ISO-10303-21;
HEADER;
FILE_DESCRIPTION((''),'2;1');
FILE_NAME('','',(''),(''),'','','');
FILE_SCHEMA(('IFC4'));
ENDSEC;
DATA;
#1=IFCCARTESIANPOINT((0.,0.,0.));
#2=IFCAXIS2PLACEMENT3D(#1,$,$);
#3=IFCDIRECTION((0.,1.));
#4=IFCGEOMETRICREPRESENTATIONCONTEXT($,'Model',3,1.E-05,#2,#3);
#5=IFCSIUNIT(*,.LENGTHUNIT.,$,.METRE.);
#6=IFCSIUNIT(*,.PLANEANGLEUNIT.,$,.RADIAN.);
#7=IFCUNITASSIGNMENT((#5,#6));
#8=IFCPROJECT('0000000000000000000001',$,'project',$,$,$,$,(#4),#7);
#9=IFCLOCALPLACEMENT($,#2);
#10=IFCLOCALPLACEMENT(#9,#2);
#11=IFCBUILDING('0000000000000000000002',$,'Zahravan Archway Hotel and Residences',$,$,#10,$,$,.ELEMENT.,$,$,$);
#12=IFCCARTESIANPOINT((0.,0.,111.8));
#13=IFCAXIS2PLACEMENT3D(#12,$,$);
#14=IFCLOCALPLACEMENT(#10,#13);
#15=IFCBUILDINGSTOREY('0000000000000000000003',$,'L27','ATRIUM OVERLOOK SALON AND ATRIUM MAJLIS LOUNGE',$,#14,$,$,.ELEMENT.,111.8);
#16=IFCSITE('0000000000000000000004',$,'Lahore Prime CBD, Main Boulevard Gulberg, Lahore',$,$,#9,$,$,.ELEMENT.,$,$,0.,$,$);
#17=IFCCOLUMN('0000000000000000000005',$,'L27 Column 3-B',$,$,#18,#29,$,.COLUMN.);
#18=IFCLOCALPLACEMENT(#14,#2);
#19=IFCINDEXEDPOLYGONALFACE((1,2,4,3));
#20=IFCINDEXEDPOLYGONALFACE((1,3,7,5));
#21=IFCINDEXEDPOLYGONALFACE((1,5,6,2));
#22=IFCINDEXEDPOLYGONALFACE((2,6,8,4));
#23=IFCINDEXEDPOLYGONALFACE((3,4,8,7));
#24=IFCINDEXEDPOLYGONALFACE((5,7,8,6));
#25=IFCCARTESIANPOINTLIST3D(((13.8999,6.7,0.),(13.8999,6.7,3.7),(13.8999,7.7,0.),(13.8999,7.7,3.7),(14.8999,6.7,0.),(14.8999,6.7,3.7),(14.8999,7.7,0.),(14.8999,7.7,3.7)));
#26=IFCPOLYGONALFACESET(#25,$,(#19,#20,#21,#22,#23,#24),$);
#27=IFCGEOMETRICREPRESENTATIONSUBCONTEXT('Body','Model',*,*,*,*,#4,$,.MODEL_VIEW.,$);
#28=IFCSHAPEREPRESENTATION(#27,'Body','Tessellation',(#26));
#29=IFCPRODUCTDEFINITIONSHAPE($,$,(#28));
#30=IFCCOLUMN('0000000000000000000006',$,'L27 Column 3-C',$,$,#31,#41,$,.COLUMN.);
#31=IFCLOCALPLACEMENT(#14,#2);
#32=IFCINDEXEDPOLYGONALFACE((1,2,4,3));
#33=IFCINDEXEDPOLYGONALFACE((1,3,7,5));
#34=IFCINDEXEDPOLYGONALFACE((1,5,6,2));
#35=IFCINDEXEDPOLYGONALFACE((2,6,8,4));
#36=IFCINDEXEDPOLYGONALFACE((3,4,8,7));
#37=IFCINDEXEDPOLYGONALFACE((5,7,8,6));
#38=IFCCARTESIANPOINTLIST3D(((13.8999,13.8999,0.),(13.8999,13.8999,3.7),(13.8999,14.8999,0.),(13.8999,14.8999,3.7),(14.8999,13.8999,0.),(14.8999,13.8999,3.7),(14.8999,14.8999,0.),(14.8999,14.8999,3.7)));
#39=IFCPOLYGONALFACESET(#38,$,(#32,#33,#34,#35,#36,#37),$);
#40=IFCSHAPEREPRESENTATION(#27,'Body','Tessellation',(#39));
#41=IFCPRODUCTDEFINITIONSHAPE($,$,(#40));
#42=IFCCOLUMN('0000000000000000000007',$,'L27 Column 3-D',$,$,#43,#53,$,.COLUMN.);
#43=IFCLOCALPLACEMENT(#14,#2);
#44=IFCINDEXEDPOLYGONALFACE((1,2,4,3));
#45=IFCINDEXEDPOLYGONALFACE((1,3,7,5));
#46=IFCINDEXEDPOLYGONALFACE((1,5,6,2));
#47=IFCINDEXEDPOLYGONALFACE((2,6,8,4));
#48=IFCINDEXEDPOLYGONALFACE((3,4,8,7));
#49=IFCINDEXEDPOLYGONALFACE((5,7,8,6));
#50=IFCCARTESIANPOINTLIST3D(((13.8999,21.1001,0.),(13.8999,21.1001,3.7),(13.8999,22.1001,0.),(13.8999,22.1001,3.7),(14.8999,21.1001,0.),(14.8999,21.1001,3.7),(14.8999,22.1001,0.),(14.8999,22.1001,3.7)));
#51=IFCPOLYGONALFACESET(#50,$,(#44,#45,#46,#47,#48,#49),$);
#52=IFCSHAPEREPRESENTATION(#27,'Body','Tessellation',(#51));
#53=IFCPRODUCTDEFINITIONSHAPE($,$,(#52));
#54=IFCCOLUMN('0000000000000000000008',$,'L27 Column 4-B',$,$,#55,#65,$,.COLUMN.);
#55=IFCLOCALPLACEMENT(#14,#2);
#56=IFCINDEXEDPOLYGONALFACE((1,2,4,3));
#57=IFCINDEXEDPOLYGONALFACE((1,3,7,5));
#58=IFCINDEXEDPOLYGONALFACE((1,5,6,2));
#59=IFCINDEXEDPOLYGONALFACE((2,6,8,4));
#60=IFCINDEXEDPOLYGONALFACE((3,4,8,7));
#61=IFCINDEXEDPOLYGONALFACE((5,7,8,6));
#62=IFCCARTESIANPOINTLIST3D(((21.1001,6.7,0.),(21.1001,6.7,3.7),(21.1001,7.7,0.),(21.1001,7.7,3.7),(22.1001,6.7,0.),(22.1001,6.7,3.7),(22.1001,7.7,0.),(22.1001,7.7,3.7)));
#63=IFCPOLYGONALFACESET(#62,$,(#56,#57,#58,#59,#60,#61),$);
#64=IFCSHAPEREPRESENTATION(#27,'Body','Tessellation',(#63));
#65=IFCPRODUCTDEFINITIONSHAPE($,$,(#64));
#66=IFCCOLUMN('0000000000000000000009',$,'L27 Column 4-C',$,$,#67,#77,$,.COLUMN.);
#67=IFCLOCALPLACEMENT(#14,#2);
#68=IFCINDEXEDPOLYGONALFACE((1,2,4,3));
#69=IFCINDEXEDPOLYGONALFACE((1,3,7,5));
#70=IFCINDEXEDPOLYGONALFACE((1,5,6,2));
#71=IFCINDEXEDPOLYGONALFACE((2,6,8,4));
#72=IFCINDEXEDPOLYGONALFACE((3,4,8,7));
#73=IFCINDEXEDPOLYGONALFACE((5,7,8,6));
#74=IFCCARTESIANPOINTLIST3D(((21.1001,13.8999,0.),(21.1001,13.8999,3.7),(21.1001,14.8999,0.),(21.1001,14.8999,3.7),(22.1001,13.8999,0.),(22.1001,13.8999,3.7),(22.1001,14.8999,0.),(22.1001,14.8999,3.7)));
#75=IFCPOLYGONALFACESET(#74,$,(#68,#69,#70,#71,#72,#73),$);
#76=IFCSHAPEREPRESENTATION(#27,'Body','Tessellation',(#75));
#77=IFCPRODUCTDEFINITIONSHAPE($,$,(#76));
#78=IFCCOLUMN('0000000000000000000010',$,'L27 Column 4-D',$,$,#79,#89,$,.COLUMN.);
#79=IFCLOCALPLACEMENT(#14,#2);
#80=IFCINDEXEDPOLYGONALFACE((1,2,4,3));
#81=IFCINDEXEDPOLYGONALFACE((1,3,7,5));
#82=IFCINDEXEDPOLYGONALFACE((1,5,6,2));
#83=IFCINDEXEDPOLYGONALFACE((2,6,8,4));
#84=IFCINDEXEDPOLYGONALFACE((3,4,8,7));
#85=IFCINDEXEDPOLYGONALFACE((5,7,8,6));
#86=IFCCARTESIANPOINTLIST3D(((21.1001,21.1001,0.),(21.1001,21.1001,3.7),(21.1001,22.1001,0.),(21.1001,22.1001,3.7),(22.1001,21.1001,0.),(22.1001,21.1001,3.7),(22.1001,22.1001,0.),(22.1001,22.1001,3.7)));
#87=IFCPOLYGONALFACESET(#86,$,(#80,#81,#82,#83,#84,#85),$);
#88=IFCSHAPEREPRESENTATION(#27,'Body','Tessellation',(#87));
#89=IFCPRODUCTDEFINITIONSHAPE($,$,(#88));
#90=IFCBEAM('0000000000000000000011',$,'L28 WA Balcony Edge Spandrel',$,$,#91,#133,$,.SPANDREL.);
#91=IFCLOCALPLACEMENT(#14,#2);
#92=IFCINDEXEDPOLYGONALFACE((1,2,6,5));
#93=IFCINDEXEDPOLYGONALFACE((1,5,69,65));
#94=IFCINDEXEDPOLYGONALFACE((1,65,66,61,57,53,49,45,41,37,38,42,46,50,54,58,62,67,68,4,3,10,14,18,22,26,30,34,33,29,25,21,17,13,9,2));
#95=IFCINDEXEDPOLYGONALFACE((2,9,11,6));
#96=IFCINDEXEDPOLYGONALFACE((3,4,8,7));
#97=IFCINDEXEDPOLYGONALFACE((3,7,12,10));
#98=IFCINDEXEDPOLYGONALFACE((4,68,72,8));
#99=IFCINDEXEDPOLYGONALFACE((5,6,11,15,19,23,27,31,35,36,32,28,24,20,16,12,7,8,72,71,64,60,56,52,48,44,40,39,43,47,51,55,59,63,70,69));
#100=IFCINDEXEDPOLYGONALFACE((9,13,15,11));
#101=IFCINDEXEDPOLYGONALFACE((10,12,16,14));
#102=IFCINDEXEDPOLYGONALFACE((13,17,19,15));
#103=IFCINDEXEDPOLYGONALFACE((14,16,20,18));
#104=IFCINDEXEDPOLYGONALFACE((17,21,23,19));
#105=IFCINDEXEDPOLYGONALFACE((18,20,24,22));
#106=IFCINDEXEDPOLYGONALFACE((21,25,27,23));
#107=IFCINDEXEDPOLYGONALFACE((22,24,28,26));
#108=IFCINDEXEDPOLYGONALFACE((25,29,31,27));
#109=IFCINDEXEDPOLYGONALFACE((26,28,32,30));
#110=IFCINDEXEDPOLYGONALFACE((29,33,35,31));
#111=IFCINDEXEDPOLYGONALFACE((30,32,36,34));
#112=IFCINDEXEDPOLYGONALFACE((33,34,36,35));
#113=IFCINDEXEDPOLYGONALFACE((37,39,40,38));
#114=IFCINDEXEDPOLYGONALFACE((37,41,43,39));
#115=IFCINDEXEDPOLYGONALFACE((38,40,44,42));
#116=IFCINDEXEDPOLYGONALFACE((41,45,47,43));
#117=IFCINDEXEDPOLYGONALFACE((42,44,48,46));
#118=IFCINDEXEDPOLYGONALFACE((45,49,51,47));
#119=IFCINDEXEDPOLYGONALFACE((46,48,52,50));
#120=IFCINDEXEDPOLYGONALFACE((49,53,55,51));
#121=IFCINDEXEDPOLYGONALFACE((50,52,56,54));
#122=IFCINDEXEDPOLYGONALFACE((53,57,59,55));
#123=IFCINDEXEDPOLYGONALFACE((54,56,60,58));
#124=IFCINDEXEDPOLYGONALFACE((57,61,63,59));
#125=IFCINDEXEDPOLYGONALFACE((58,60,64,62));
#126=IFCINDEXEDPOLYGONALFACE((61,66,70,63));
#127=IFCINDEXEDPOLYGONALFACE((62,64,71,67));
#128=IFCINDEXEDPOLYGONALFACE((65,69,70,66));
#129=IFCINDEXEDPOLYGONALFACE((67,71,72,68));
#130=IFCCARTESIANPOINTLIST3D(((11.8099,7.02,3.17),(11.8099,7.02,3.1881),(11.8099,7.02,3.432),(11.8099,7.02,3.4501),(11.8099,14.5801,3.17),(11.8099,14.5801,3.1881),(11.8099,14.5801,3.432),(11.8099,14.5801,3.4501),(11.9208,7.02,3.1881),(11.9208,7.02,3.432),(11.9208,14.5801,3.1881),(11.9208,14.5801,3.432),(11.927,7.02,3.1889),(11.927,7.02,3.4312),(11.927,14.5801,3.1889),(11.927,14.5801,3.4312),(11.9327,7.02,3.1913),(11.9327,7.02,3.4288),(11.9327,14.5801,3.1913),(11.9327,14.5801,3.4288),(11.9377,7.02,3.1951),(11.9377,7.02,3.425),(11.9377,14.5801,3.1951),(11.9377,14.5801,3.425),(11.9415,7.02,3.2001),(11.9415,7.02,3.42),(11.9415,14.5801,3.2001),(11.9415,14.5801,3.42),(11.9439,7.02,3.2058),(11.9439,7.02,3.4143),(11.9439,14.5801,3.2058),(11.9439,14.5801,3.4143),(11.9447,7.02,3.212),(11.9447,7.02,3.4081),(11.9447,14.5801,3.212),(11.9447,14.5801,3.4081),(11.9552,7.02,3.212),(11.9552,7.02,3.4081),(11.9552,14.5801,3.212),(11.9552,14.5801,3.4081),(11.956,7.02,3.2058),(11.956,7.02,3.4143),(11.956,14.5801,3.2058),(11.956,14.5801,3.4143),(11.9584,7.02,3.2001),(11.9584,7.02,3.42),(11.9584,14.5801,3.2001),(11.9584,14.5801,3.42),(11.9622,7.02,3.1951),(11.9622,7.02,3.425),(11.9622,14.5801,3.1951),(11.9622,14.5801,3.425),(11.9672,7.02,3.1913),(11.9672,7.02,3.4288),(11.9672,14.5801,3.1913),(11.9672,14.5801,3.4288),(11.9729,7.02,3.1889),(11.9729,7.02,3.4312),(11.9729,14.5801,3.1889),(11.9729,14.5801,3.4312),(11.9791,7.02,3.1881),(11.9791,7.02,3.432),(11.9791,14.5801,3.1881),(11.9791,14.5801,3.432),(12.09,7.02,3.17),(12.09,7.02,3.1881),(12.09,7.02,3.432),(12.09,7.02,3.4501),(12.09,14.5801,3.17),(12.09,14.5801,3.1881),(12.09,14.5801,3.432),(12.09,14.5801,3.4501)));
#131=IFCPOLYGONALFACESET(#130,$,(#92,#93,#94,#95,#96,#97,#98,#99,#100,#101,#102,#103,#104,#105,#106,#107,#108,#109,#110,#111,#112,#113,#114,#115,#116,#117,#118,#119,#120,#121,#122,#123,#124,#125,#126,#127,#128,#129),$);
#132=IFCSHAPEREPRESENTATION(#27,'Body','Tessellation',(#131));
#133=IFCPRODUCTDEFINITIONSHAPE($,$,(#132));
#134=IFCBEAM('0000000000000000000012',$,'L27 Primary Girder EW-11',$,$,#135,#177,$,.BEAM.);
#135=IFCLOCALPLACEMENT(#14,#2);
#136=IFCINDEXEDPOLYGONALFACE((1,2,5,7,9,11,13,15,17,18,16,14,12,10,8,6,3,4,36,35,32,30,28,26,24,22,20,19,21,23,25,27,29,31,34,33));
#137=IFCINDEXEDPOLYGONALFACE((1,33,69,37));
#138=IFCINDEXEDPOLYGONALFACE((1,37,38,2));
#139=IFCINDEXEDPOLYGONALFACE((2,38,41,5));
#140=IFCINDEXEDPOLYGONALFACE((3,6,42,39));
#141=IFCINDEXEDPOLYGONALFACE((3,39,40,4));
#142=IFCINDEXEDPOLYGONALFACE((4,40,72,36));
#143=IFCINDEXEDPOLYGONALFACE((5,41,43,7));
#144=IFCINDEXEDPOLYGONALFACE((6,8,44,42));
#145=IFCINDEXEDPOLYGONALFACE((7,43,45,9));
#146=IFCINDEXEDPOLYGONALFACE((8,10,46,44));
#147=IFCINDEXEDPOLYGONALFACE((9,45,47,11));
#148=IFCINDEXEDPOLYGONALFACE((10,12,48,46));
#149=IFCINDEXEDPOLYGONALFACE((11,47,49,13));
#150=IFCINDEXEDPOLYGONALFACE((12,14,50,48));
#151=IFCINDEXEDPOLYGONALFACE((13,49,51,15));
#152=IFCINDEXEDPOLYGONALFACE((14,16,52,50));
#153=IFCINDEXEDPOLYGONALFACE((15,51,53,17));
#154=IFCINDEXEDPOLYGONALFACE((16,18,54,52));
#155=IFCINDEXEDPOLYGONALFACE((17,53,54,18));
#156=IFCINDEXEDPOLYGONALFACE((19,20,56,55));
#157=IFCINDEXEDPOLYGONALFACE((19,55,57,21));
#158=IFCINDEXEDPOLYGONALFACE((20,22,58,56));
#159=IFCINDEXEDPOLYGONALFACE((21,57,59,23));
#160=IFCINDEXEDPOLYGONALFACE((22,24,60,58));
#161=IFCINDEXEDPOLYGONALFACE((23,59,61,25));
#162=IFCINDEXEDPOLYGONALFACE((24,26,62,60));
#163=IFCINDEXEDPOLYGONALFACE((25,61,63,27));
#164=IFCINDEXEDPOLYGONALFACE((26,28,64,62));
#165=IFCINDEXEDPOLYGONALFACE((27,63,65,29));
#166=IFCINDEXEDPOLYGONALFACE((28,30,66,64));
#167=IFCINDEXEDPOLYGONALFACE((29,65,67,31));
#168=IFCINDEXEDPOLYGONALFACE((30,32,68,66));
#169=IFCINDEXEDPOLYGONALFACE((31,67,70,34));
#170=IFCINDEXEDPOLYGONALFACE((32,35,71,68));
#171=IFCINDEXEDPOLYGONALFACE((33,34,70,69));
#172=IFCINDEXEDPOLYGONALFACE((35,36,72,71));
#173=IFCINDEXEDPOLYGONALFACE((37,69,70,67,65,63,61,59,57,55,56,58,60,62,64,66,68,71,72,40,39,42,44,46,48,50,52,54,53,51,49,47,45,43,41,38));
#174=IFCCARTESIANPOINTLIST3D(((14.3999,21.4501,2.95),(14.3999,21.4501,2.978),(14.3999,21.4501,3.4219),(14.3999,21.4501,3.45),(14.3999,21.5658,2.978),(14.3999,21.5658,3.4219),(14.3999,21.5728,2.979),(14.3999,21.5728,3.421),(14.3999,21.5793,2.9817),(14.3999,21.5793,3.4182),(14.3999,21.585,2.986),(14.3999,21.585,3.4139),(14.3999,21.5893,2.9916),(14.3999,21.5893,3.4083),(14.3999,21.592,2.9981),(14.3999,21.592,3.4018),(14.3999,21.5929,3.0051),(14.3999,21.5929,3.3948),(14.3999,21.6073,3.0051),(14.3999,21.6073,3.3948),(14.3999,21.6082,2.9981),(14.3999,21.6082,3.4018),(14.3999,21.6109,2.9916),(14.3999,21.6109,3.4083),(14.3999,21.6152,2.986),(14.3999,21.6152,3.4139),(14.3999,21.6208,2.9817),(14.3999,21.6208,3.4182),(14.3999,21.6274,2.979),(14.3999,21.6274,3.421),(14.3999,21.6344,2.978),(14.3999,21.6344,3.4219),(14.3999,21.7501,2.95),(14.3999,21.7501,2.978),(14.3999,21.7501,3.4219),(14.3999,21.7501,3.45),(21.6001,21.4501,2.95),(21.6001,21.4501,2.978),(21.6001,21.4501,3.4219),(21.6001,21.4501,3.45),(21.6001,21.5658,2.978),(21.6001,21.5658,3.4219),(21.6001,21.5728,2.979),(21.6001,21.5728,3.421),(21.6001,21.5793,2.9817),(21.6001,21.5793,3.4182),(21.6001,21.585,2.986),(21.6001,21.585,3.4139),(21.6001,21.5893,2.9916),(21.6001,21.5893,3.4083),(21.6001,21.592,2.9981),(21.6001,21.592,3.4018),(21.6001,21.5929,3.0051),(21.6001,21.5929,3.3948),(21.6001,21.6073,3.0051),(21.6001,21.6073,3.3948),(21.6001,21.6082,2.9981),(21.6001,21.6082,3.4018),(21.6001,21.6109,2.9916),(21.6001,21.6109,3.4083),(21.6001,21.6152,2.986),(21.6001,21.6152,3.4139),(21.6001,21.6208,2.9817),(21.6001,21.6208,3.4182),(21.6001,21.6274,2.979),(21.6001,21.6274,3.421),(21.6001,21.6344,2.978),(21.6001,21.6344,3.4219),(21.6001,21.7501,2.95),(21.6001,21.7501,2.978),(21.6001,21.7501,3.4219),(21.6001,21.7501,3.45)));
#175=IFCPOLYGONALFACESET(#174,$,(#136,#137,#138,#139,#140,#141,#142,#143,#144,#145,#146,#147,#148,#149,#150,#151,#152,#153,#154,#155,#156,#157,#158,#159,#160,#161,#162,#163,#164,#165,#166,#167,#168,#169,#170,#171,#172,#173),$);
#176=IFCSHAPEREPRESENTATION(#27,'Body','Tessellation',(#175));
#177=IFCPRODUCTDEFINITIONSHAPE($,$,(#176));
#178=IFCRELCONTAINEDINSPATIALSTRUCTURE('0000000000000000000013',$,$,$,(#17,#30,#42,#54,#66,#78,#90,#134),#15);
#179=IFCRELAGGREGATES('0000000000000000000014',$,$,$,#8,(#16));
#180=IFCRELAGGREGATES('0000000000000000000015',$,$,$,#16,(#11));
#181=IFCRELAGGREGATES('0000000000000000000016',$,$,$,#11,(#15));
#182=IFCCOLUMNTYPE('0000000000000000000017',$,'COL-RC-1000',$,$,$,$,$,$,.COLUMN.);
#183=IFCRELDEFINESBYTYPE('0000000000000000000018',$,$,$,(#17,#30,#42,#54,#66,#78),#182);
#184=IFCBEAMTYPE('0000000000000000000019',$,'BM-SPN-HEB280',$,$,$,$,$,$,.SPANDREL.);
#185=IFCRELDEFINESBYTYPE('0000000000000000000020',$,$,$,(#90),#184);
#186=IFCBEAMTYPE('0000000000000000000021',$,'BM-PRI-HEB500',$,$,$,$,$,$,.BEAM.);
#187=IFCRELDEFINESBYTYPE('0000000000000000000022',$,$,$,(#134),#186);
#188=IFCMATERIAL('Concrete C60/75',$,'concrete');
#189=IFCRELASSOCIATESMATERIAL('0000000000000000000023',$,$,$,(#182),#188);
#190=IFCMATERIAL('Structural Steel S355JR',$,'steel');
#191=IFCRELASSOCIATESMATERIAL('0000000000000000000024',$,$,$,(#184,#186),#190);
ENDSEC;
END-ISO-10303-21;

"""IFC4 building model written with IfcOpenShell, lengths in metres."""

from ifc_helpers import new_model, si_unit, direction, frame, origin, origin_2d, place, context, subcontext, project, spatial, rectangle, i_section, extrude, source, transform, mapped, material, material_profile, profile_set, type_object, type_shapes, element, save


model = new_model("IFC4")

# Units and contexts
model_context = context("Model", 3, precision=1e-05, world=origin(), true_north=direction((0.0, 1.0)))
body_context = subcontext(model_context, "Body", "Model", "MODEL_VIEW")
ifc_project = project(units=[si_unit("LENGTHUNIT", "METRE"), si_unit("PLANEANGLEUNIT", "RADIAN")], contexts=[model_context])

# Site, building, storey
site_placement = place(None, origin())
site = spatial("IfcSite", under=ifc_project, at=site_placement, Name="Lahore Prime CBD, Main Boulevard Gulberg, Lahore", CompositionType="ELEMENT", RefElevation=0.0)
building_placement = place(site_placement, origin())
building = spatial("IfcBuilding", under=site, at=building_placement, Name="Zahravan Archway Hotel and Residences", CompositionType="ELEMENT")
storey_placement = place(building_placement, frame((0.0, 0.0, 111.8)))
storey = spatial("IfcBuildingStorey", under=building, at=storey_placement, Name="L27", Description="ATRIUM OVERLOOK SALON AND ATRIUM MAJLIS LOUNGE", CompositionType="ELEMENT", Elevation=111.8)

# Columns
ifc_material_1 = material(Name="Concrete C60/75", Category="concrete")
ifc_material_profile_1 = material_profile(ifc_material_1, rectangle(XDim=1.0, YDim=1.0, at=origin_2d()), Name="RC-COL-1000x1000", Category="concrete")
ifc_profile_set_1 = profile_set([ifc_material_profile_1], Name="Concrete C60/75")
column_type = type_object("IfcColumnType", Name="COL-RC-1000", PredefinedType="COLUMN", material=ifc_profile_set_1)
shared_shape_1 = source(origin(), body_context, "Body", "SweptSolid", [
    extrude(rectangle(XDim=1.0, YDim=1.0, at=origin_2d()), origin(), (0.0, 0.0, 1.0), 3.7),
])
type_shapes(column_type, [shared_shape_1])
for number, where, z_axis, x_axis, name in (
    (1, (14.3999, 7.2, 0.0), (0.0, 0.0, 1.0), (1.0, 0.0, 0.0), "L27 Column 3-B"),
    (2, (14.3999, 14.3999, 0.0), (0.0, 0.0, 1.0), (1.0, 0.0, 0.0), "L27 Column 3-C"),
    (3, (14.3999, 21.6001, 0.0), (0.0, 0.0, 1.0), (1.0, 0.0, 0.0), "L27 Column 3-D"),
    (4, (21.6001, 7.2, 0.0), (0.0, 0.0, 1.0), (1.0, 0.0, 0.0), "L27 Column 4-B"),
    (5, (21.6001, 14.3999, 0.0), (0.0, 0.0, 1.0), (1.0, 0.0, 0.0), "L27 Column 4-C"),
    (6, (21.6001, 21.6001, 0.0), (0.0, 0.0, 1.0), (1.0, 0.0, 0.0), "L27 Column 4-D"),
):
    element("IfcColumn", number, at=place(storey_placement, frame(where, z_axis=z_axis, x_axis=x_axis)), inside=storey, type_object=column_type, Name=name, PredefinedType="COLUMN", context=body_context, shape_type="MappedRepresentation", body=[
        mapped(shared_shape_1, transform((0.0, 0.0, 0.0), scale=1.0)),
    ])

# Beams
ifc_material_2 = material(Name="Structural Steel S355JR", Category="steel")
ifc_material_profile_2 = material_profile(ifc_material_2, i_section(OverallWidth=0.28, OverallDepth=0.28, WebThickness=0.0105, FlangeThickness=0.0181, FilletRadius=0.0239, at=origin_2d()), Name="HEB 280", Category="steel")
ifc_profile_set_2 = profile_set([ifc_material_profile_2], Name="Structural Steel S355JR")
beam_type_1 = type_object("IfcBeamType", Name="BM-SPN-HEB280", PredefinedType="SPANDREL", material=ifc_profile_set_2)
shared_shape_2 = source(origin(), body_context, "Body", "SweptSolid", [
    extrude(i_section(OverallWidth=0.28, OverallDepth=0.28, WebThickness=0.0105, FlangeThickness=0.0181, FilletRadius=0.0239, at=origin_2d()), origin(), (0.0, 0.0, 1.0), 7.5601),
])
type_shapes(beam_type_1, [shared_shape_2])
beam_1_placement = place(storey_placement, frame((11.95, 7.02, 3.3101), z_axis=(0.0, 1.0, 0.0), x_axis=(-1.0, 0.0, 0.0)))
element("IfcBeam", 7, at=beam_1_placement, inside=storey, type_object=beam_type_1, Name="L28 WA Balcony Edge Spandrel", PredefinedType="SPANDREL", context=body_context, shape_type="MappedRepresentation", body=[
    mapped(shared_shape_2, transform((0.0, 0.0, 0.0), scale=1.0)),
])
ifc_material_profile_3 = material_profile(ifc_material_2, i_section(OverallWidth=0.3, OverallDepth=0.5, WebThickness=0.0144, FlangeThickness=0.0281, FilletRadius=0.0271, at=origin_2d()), Name="HEB 500", Category="steel")
ifc_profile_set_3 = profile_set([ifc_material_profile_3], Name="Structural Steel S355JR")
beam_type_2 = type_object("IfcBeamType", Name="BM-PRI-HEB500", PredefinedType="BEAM", material=ifc_profile_set_3)
shared_shape_3 = source(origin(), body_context, "Body", "SweptSolid", [
    extrude(i_section(OverallWidth=0.3, OverallDepth=0.5, WebThickness=0.0144, FlangeThickness=0.0281, FilletRadius=0.0271, at=origin_2d()), origin(), (0.0, 0.0, 1.0), 7.2002),
])
type_shapes(beam_type_2, [shared_shape_3])
for number, where, z_axis, x_axis, name in (
    (8, (14.3999, 21.6001, 3.2), (1.0, 0.0, 0.0), (0.0, 1.0, 0.0), "L27 Primary Girder EW-11"),
):
    element("IfcBeam", number, at=place(storey_placement, frame(where, z_axis=z_axis, x_axis=x_axis)), inside=storey, type_object=beam_type_2, Name=name, PredefinedType="BEAM", context=body_context, shape_type="MappedRepresentation", body=[
        mapped(shared_shape_3, transform((0.0, 0.0, 0.0), scale=1.0)),
    ])

save(model, "model.ifc")
